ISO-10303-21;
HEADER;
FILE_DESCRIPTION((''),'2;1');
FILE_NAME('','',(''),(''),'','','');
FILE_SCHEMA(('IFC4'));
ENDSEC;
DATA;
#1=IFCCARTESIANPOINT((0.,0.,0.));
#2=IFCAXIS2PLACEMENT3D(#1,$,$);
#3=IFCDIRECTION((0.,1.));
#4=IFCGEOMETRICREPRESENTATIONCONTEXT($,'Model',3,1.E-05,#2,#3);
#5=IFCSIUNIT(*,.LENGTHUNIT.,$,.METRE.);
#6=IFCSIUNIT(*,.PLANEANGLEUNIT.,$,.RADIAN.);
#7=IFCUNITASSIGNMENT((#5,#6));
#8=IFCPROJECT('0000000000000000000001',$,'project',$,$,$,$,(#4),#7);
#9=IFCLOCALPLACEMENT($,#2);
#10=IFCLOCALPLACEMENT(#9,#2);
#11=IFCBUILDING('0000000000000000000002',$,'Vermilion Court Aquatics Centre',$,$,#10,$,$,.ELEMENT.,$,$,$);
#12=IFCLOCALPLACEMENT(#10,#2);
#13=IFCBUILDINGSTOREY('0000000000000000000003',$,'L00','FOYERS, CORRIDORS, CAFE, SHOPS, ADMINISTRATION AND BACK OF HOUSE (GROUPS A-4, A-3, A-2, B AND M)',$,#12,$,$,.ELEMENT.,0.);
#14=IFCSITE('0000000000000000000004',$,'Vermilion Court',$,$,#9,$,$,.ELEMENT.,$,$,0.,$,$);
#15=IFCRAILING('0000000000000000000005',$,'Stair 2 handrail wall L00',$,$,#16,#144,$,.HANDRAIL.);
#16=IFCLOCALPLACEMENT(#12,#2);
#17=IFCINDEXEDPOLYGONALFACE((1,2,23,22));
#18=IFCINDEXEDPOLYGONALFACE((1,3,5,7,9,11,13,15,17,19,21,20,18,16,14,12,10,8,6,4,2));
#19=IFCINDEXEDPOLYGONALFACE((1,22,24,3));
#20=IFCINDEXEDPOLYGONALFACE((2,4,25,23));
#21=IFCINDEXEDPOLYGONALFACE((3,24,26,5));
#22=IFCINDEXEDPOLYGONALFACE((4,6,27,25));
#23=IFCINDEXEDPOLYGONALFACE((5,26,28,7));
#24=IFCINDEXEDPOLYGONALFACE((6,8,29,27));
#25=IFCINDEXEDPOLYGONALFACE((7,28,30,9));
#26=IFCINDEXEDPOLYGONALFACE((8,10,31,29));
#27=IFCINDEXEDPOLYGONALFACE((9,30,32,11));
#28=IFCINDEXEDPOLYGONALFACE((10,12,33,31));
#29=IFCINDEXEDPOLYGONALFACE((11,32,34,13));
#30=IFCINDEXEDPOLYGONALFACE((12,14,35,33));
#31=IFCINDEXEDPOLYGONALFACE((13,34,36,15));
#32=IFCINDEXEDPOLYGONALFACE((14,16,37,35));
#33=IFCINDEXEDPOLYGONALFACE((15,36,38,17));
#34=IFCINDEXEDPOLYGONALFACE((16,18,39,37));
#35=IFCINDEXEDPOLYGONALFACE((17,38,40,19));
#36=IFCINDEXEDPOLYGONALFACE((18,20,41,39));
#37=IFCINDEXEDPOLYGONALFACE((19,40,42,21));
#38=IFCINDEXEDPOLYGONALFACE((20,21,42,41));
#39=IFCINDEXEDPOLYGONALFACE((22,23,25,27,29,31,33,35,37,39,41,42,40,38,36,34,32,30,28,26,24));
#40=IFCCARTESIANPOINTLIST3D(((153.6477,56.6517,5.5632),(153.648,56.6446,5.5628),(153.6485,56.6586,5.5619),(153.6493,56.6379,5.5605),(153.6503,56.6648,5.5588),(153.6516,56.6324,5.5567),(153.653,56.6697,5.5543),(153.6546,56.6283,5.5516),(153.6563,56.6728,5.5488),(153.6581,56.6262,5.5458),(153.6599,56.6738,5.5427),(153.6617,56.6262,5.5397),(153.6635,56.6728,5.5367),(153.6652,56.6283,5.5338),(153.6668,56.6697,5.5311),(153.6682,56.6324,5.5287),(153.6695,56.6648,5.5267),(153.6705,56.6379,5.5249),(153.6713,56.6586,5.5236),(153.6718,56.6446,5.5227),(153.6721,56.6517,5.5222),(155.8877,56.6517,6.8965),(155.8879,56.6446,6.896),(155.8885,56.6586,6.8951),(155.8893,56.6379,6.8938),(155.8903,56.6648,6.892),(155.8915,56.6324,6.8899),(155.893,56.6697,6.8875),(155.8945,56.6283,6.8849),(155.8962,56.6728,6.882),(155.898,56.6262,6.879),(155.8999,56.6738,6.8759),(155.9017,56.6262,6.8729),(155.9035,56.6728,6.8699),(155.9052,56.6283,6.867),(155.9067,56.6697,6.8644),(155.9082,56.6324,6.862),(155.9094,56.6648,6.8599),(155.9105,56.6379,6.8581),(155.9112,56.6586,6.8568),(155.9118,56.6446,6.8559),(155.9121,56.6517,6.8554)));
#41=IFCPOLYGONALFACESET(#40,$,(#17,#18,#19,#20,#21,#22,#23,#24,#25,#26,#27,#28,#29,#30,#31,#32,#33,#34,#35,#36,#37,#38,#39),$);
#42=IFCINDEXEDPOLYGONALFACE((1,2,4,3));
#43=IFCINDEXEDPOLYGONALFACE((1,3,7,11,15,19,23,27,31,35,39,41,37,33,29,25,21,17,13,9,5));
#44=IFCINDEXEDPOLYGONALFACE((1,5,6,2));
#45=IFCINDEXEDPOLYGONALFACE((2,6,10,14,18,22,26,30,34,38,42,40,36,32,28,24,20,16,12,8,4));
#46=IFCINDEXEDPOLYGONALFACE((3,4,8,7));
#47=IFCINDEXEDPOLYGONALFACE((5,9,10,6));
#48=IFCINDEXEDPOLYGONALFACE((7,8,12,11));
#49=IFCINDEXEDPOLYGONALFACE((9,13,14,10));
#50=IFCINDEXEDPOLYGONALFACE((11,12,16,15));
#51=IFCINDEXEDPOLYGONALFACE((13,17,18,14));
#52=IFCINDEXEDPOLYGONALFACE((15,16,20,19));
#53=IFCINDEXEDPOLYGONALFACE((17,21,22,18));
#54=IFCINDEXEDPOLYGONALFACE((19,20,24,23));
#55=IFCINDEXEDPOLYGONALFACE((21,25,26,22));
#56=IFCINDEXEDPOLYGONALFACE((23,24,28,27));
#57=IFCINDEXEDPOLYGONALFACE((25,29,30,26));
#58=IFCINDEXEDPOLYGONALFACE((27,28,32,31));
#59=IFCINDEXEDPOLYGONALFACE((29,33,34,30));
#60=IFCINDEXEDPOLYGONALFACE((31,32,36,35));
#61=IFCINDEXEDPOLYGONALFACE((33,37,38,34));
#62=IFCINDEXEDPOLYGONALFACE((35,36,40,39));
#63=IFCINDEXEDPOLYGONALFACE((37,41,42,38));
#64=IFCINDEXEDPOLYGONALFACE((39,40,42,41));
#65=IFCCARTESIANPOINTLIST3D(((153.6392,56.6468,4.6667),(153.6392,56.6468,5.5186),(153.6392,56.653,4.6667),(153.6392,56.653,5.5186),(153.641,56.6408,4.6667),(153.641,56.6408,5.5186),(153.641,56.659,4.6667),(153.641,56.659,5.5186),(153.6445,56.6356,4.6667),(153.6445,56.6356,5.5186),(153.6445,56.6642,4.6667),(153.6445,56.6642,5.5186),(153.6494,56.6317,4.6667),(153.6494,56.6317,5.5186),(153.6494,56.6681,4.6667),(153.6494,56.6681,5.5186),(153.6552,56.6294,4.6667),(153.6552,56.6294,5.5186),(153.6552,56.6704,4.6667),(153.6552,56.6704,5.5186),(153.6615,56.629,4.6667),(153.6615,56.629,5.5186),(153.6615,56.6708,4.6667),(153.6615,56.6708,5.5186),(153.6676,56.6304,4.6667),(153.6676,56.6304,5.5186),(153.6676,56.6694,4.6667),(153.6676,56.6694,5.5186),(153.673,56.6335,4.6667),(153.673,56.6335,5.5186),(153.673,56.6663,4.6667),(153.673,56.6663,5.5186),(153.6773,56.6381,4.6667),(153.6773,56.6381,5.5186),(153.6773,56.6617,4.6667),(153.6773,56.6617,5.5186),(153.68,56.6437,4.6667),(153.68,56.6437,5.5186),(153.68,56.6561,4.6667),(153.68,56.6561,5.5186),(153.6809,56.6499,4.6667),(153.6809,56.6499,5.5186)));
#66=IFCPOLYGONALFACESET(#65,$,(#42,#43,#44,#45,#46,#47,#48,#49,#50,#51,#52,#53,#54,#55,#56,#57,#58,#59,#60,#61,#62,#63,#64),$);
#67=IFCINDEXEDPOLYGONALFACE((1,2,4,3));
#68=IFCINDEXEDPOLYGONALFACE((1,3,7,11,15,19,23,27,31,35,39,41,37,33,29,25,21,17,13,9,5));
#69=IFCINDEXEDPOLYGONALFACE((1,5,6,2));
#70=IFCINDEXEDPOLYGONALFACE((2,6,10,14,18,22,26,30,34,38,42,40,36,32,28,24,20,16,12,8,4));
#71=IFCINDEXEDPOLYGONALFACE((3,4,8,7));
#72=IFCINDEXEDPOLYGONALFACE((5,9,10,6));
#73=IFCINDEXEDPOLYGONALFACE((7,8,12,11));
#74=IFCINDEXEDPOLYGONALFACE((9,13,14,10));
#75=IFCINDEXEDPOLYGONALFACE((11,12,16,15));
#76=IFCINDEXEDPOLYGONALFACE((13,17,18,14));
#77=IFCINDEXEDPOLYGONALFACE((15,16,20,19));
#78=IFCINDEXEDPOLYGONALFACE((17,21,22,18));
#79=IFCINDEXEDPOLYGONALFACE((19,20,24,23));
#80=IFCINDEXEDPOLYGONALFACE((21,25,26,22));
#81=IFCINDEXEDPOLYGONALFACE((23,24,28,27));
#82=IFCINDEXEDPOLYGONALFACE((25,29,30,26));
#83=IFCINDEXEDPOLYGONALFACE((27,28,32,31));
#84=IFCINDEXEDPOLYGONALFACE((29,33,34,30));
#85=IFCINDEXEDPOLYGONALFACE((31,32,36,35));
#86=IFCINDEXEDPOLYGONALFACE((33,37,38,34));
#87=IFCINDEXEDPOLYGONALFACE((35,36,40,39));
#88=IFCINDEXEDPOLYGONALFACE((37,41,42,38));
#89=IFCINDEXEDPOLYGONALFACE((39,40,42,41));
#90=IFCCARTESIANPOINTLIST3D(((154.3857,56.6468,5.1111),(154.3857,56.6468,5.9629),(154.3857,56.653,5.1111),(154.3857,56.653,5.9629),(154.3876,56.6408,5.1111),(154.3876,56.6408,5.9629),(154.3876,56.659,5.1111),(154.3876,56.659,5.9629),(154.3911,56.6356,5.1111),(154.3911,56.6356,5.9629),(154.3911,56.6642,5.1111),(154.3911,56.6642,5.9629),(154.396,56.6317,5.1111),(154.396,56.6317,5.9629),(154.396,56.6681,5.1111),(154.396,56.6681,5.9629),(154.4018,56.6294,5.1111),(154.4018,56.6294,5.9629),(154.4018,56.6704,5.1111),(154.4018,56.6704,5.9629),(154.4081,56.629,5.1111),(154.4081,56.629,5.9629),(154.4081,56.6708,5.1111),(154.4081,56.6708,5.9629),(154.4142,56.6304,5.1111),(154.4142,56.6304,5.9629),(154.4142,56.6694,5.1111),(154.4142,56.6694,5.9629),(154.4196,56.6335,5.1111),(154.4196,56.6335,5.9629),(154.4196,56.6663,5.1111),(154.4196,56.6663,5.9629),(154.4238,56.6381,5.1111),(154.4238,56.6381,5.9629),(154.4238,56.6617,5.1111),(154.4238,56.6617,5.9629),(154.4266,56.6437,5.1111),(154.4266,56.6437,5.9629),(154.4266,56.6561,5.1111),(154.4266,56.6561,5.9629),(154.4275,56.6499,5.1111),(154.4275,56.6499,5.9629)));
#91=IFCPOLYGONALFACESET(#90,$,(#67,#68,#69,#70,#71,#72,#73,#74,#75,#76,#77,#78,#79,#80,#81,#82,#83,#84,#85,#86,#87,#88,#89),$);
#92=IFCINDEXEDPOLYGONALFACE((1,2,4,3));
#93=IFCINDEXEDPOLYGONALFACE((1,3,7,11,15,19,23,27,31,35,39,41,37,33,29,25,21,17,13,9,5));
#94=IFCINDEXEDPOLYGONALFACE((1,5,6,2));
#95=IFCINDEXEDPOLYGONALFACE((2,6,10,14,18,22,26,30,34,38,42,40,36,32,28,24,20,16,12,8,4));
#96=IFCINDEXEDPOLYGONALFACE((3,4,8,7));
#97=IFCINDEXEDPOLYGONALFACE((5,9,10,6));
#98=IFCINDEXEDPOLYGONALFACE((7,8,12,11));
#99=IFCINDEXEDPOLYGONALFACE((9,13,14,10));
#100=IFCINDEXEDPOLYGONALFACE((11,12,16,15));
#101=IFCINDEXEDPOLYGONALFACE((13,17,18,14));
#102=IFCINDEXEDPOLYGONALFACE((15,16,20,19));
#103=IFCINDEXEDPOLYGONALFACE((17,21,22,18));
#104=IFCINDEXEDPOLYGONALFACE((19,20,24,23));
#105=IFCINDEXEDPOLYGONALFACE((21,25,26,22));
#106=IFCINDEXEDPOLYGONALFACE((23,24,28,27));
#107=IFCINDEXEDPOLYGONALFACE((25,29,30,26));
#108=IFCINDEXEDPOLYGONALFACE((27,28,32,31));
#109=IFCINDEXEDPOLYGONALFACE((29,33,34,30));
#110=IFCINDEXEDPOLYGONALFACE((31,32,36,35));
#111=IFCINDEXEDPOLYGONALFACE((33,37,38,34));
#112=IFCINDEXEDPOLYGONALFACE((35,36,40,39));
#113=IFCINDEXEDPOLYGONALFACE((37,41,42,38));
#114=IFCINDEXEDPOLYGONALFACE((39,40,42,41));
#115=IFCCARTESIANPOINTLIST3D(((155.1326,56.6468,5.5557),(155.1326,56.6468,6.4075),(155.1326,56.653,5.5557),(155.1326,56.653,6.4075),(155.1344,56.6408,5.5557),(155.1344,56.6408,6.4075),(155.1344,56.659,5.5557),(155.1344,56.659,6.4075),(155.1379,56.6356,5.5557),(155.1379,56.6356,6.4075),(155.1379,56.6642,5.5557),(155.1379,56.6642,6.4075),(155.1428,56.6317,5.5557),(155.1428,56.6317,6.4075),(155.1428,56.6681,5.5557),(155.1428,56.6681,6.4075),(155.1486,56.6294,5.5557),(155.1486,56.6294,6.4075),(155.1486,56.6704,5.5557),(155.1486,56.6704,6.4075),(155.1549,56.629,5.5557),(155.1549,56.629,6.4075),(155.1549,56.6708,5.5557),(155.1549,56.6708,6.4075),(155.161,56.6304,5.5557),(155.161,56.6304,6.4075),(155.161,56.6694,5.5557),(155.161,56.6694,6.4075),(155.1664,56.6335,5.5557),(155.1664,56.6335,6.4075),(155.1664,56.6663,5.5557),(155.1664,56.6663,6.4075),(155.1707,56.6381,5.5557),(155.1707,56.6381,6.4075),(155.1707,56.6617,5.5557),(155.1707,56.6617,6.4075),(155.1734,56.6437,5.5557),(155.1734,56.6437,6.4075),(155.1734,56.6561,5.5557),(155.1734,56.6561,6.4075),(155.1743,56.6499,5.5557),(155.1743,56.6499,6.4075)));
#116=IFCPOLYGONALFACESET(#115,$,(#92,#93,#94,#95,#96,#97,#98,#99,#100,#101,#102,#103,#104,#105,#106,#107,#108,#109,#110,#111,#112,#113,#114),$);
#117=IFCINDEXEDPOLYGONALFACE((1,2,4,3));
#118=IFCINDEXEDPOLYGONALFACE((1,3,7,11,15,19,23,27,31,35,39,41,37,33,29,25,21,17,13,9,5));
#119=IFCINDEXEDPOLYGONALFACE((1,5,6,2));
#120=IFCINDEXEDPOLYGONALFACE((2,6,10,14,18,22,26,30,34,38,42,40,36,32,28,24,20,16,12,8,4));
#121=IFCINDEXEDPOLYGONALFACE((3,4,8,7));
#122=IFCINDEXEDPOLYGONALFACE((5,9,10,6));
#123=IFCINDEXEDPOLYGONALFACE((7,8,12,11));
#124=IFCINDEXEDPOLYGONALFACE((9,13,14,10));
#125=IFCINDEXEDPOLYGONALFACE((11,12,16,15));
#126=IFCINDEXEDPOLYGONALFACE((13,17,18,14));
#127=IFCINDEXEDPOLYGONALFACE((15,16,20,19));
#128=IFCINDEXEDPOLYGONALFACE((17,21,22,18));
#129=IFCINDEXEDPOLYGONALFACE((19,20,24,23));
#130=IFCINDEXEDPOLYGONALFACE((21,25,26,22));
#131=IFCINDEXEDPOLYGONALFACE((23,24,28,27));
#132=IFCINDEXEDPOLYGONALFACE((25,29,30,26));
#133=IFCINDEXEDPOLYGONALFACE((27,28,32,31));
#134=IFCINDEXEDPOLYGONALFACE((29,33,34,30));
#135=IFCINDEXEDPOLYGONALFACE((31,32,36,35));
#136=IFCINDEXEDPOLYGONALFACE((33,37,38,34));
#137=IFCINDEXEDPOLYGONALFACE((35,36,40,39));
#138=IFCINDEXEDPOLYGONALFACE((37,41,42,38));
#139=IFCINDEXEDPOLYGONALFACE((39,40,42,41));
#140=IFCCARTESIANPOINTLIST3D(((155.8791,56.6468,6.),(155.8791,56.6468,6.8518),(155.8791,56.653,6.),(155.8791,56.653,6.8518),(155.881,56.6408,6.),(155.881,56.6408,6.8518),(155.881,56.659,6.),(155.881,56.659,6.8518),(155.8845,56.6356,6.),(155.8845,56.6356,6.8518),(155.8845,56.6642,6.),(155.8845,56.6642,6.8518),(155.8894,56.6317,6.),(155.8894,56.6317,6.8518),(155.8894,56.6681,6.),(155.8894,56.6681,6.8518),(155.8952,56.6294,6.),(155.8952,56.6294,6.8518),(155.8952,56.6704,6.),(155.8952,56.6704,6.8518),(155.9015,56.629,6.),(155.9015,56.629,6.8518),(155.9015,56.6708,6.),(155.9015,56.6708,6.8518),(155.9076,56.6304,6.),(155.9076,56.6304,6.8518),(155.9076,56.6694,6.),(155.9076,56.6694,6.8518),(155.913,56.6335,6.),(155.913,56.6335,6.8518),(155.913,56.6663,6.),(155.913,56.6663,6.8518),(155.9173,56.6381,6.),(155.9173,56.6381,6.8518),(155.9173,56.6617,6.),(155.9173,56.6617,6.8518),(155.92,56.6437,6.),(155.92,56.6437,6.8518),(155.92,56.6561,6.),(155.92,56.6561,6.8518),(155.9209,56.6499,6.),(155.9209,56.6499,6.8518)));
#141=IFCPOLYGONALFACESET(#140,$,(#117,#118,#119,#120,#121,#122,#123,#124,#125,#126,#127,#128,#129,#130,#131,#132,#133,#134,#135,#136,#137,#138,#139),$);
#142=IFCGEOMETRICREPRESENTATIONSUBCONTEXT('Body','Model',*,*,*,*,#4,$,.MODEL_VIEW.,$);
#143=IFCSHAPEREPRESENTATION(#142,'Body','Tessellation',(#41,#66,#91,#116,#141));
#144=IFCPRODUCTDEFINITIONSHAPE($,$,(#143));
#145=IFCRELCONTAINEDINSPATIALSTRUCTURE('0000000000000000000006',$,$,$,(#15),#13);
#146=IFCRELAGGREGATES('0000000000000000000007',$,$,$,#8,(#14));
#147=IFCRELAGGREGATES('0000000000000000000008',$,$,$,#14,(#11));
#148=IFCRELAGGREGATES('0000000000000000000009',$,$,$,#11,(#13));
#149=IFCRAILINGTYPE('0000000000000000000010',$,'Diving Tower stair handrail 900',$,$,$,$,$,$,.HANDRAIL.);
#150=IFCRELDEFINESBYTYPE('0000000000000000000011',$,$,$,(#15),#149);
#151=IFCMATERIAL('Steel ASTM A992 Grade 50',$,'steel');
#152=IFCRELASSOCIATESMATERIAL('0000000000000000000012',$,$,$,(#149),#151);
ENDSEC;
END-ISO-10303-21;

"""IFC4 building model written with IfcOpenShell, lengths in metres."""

from ifc_helpers import new_model, si_unit, direction, frame, origin, origin_2d, place, context, subcontext, project, spatial, circle, extrude, material, type_object, element, save


model = new_model("IFC4")

# Units and contexts
model_context = context("Model", 3, precision=1e-05, world=origin(), true_north=direction((0.0, 1.0)))
body_context = subcontext(model_context, "Body", "Model", "MODEL_VIEW")
ifc_project = project(units=[si_unit("LENGTHUNIT", "METRE"), si_unit("PLANEANGLEUNIT", "RADIAN")], contexts=[model_context])

# Site, building, storey
site_placement = place(None, origin())
site = spatial("IfcSite", under=ifc_project, at=site_placement, Name="Vermilion Court", CompositionType="ELEMENT", RefElevation=0.0)
building_placement = place(site_placement, origin())
building = spatial("IfcBuilding", under=site, at=building_placement, Name="Vermilion Court Aquatics Centre", CompositionType="ELEMENT")
storey_placement = place(building_placement, origin())
storey = spatial("IfcBuildingStorey", under=building, at=storey_placement, Name="L00", Description="FOYERS, CORRIDORS, CAFE, SHOPS, ADMINISTRATION AND BACK OF HOUSE (GROUPS A-4, A-3, A-2, B AND M)", CompositionType="ELEMENT", Elevation=0.0)

# Railing
ifc_material_1 = material(Name="Steel ASTM A992 Grade 50", Category="steel")
railing_type_1 = type_object("IfcRailingType", Name="Diving Tower stair handrail 900", PredefinedType="HANDRAIL", material=ifc_material_1)
for number, where, name in (
    (1, (153.6599, 56.6499, 4.6667), "Stair 2 handrail wall L00"),
):
    element("IfcRailing", number, at=place(storey_placement, frame(where)), inside=storey, type_object=railing_type_1, Name=name, PredefinedType="HANDRAIL", context=body_context, shape_type="SweptSolid", body=[
        extrude(circle(Radius=0.0239, at=origin_2d()), frame((0.0, 0.0, 0.876), z_axis=(0.859306, 0.0, 0.511462), x_axis=(0.0, 1.0, 0.0)), (0.0, 0.0, 1.0), 2.6067),
        extrude(circle(Radius=0.021, at=origin_2d()), origin(), (0.0, 0.0, 1.0), 0.8518),
        extrude(circle(Radius=0.021, at=origin_2d()), frame((0.7466, 0.0, 0.4443)), (0.0, 0.0, 1.0), 0.8518),
        extrude(circle(Radius=0.021, at=origin_2d()), frame((1.4934, 0.0, 0.8889)), (0.0, 0.0, 1.0), 0.8518),
        extrude(circle(Radius=0.021, at=origin_2d()), frame((2.24, 0.0, 1.3333)), (0.0, 0.0, 1.0), 0.8518),
    ])

save(model, "model.ifc")
